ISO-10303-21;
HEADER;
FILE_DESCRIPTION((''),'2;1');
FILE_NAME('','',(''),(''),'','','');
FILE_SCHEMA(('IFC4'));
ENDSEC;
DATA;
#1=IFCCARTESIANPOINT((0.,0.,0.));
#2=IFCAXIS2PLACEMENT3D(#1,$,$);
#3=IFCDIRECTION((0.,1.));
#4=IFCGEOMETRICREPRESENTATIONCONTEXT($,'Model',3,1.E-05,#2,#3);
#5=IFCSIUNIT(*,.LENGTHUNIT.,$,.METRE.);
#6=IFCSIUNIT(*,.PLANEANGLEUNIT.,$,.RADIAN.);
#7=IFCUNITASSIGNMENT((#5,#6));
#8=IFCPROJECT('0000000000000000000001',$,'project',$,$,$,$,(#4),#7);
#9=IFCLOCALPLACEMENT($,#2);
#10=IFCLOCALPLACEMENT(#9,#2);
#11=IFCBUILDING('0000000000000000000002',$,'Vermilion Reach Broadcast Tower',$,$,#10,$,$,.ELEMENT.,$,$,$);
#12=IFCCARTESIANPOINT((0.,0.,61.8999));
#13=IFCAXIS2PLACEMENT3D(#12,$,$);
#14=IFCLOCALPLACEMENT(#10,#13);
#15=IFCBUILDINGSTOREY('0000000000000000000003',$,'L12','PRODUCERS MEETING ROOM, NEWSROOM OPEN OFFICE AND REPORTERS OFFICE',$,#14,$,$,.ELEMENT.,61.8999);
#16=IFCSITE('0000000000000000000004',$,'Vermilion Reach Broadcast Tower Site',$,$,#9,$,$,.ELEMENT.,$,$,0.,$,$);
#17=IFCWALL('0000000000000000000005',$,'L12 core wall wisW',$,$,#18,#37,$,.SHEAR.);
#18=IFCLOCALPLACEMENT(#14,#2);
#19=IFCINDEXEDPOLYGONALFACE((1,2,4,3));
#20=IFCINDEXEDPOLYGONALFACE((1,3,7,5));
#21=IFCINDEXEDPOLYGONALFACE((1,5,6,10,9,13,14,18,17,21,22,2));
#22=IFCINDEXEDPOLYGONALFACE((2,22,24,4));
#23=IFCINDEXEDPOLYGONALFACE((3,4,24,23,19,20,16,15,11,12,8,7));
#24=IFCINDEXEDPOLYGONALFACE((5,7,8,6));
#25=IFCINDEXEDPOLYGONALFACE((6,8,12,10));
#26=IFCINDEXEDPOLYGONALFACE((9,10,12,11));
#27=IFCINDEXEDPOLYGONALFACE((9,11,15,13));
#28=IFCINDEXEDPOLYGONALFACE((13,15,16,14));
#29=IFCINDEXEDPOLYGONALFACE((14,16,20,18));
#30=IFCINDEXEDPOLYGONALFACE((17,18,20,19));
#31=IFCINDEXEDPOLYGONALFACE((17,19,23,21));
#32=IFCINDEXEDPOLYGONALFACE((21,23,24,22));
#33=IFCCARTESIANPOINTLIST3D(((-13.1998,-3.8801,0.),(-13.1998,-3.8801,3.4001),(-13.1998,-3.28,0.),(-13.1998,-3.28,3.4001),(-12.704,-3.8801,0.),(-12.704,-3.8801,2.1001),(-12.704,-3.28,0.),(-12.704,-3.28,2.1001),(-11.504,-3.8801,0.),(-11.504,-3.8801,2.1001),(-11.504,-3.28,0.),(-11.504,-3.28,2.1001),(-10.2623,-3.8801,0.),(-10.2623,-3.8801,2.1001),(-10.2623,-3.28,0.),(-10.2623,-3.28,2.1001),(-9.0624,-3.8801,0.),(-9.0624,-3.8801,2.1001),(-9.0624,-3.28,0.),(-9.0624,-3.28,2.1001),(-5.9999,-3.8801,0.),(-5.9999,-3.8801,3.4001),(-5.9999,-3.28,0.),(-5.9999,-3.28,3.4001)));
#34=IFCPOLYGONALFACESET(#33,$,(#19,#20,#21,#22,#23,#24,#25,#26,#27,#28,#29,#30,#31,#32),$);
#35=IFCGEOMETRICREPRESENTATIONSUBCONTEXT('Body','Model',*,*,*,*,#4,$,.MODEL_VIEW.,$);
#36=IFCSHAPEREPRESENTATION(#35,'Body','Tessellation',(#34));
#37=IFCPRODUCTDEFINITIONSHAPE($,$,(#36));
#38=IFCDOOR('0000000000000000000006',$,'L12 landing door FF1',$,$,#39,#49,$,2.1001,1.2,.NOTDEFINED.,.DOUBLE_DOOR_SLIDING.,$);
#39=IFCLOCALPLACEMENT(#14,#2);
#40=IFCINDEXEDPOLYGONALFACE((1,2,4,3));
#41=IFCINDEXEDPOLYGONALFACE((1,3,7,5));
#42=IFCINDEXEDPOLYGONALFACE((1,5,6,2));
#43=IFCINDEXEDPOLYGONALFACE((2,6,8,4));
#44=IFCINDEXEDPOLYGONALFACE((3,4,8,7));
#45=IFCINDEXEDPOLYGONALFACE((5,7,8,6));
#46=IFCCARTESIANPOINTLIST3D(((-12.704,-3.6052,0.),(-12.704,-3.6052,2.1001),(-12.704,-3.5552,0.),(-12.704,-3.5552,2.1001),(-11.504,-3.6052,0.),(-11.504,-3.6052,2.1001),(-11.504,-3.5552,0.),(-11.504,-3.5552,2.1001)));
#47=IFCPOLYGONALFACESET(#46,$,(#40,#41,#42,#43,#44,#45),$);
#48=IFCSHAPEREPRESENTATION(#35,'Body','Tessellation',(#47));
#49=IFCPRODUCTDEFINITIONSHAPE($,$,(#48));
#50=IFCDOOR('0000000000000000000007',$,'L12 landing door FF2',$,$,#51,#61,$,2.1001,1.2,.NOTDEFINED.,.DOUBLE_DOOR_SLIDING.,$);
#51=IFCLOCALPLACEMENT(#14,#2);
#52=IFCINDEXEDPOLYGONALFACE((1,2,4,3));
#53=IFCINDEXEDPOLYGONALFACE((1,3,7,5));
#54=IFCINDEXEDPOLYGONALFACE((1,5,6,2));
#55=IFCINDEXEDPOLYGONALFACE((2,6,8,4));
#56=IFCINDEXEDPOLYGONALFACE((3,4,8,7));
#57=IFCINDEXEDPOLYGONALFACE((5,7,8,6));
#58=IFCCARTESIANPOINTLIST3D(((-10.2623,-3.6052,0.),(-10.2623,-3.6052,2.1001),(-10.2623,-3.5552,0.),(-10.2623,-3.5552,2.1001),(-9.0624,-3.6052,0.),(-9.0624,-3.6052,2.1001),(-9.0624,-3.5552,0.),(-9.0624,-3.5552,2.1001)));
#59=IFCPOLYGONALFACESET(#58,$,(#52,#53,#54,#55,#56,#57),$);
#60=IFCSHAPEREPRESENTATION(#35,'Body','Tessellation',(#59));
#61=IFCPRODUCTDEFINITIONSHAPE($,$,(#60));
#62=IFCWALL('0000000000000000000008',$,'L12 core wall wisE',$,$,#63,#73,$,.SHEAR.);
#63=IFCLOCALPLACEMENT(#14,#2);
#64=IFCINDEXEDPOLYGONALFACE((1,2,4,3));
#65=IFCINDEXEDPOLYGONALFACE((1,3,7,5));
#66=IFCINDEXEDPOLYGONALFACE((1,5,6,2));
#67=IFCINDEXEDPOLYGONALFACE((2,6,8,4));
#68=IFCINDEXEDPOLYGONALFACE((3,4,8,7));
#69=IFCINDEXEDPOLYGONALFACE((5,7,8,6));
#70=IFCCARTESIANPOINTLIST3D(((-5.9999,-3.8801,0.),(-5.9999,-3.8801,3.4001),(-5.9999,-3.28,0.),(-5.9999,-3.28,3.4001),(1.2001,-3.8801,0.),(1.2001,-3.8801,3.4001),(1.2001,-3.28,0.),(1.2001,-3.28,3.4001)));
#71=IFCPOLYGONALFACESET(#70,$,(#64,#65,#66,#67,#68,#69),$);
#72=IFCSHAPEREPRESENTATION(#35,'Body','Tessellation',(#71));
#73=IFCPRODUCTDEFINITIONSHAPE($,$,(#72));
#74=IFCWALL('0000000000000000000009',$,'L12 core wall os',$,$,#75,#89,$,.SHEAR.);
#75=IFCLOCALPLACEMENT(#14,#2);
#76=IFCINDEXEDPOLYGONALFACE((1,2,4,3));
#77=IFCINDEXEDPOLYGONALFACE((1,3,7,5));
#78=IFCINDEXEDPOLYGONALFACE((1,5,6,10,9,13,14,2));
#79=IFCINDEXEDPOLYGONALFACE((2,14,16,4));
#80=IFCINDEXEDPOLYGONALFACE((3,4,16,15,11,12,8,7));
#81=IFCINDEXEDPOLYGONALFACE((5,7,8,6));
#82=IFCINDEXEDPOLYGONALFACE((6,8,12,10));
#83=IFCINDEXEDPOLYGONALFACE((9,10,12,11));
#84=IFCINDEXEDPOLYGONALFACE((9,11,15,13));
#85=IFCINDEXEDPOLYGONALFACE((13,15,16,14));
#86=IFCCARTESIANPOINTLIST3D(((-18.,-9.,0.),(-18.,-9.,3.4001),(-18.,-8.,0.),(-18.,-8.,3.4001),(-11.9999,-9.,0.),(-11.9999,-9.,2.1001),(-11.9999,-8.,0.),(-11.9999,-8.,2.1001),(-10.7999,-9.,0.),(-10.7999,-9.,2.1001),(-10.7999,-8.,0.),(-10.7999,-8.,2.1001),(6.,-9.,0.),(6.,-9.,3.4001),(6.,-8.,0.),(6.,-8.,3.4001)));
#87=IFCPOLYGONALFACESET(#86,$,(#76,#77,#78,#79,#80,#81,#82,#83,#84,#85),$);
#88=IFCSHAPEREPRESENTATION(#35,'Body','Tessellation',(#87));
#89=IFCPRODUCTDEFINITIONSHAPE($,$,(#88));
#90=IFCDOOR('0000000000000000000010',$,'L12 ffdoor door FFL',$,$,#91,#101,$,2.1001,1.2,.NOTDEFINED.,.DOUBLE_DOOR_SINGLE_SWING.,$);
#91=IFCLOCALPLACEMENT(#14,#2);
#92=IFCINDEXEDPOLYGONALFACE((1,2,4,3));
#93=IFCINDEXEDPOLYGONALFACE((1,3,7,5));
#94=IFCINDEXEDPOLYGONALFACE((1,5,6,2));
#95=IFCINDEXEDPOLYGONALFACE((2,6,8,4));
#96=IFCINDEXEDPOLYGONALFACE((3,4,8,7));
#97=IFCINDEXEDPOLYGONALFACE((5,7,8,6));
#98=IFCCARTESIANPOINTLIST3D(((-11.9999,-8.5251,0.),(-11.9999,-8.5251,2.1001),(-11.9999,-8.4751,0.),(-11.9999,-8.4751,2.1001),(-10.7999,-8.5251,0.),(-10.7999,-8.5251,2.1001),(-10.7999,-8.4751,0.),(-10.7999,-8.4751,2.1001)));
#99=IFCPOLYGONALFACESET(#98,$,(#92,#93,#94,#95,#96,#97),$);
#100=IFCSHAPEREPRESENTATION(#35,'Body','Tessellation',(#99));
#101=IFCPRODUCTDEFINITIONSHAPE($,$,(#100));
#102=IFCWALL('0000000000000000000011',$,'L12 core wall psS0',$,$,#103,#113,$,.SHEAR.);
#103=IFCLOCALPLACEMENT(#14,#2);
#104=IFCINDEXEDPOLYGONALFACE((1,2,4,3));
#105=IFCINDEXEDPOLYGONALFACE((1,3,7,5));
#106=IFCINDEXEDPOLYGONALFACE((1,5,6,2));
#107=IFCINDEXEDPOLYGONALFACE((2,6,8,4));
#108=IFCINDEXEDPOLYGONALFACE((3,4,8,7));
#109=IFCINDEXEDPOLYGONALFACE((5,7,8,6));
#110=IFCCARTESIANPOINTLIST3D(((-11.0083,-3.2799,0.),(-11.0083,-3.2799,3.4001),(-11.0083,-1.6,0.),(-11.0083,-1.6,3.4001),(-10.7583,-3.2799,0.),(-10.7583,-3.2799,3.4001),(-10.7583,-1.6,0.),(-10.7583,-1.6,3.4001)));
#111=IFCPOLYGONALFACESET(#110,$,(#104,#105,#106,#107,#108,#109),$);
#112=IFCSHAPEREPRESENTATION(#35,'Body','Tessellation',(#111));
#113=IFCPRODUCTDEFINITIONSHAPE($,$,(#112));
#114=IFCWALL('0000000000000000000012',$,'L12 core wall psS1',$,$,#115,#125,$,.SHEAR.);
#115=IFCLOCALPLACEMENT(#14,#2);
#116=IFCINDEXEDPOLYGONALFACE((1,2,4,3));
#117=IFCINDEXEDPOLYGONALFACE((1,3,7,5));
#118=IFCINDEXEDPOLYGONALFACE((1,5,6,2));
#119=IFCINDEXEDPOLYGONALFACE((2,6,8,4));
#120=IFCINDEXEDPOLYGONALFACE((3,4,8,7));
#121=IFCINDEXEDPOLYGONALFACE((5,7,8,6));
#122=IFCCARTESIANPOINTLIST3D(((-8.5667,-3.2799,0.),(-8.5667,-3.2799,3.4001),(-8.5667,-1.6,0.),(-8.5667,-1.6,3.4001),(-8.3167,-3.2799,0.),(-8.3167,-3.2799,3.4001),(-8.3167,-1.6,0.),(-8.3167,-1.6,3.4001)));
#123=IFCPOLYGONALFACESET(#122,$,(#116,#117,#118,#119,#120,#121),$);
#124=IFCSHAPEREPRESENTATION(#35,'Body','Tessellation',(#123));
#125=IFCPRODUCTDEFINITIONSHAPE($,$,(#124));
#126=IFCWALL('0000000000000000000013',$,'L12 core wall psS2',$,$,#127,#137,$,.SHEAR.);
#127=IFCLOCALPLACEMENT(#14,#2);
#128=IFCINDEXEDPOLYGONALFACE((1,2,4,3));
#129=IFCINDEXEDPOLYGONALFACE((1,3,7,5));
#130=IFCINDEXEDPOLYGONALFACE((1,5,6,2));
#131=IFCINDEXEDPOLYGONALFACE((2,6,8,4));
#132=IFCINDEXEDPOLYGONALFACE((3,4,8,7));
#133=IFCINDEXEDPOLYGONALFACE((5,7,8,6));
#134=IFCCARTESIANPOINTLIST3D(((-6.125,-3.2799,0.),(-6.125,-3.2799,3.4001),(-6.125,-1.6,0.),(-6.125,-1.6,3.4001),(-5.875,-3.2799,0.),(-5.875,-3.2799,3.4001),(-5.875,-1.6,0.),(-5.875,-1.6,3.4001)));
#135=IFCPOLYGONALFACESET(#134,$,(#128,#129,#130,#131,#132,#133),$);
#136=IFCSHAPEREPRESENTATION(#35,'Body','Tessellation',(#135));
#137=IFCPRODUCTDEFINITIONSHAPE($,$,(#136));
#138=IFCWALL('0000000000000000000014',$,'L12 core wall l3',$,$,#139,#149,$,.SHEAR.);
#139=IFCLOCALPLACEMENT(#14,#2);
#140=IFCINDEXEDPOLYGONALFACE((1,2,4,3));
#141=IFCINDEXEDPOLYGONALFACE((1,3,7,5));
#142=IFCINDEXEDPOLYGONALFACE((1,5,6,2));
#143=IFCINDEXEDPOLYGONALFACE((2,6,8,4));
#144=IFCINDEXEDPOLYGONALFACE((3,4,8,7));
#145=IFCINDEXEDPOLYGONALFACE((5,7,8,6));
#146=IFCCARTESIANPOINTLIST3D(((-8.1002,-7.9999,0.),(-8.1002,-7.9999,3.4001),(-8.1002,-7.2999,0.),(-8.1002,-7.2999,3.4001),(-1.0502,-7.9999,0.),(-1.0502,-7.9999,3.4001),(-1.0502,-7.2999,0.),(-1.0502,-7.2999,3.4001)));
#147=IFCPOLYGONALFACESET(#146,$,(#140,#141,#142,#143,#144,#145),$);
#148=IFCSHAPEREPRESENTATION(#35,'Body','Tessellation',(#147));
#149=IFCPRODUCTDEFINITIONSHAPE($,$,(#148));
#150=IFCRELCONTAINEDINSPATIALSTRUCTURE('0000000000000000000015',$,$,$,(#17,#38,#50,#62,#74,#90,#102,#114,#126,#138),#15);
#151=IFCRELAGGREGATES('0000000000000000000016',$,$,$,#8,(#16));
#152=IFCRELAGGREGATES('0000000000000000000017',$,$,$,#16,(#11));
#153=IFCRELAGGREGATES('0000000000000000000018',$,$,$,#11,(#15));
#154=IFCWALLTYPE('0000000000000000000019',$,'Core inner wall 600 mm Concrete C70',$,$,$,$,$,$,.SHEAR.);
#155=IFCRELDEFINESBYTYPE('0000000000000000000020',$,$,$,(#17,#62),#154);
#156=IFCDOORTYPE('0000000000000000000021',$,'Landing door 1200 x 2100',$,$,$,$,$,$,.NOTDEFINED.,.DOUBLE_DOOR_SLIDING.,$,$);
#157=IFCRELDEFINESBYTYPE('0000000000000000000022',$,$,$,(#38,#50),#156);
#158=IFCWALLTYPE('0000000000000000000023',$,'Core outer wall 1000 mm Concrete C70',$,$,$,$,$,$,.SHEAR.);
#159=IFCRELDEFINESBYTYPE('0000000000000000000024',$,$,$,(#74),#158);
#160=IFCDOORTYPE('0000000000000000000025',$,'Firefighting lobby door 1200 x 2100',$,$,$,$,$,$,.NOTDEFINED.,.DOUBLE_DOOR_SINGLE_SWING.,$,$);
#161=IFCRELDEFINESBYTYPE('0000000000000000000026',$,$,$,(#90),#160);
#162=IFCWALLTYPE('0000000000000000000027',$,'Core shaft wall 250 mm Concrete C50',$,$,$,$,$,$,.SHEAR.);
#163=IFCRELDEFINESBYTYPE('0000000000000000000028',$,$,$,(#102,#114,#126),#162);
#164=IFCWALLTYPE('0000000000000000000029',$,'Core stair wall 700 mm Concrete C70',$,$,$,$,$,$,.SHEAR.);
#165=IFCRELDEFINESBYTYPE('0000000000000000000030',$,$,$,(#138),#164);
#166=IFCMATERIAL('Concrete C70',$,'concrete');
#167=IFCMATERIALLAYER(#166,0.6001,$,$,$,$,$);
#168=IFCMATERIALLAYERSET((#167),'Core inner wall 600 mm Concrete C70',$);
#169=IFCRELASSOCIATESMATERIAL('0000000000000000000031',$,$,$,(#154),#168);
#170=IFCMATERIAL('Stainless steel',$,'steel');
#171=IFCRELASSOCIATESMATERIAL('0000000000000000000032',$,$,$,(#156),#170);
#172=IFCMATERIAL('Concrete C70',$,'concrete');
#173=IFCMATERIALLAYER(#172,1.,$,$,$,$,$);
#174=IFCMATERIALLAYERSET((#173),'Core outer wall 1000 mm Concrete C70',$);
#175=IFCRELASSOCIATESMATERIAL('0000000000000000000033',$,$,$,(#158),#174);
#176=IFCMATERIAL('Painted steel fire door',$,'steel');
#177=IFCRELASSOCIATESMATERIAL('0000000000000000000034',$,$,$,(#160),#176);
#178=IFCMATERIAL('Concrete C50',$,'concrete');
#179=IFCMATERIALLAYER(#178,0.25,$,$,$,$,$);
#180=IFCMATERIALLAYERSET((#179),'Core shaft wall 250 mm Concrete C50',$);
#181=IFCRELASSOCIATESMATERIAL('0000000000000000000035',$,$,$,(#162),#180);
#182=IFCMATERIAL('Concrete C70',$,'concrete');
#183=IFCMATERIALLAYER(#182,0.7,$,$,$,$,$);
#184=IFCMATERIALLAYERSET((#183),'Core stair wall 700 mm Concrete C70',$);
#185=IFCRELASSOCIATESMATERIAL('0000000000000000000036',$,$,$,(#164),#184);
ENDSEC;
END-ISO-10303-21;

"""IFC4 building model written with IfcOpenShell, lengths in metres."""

from ifc_helpers import new_model, si_unit, direction, frame, frame_2d, origin, place, context, subcontext, project, spatial, rectangle, extrude, material, layer, layer_set, type_object, element, fill, save


model = new_model("IFC4")

# Units and contexts
model_context = context("Model", 3, precision=1e-05, world=origin(), true_north=direction((0.0, 1.0)))
body_context = subcontext(model_context, "Body", "Model", "MODEL_VIEW")
ifc_project = project(units=[si_unit("LENGTHUNIT", "METRE"), si_unit("PLANEANGLEUNIT", "RADIAN")], contexts=[model_context])

# Site, building, storey
site_placement = place(None, origin())
site = spatial("IfcSite", under=ifc_project, at=site_placement, Name="Vermilion Reach Broadcast Tower Site", CompositionType="ELEMENT", RefElevation=0.0)
building_placement = place(site_placement, origin())
building = spatial("IfcBuilding", under=site, at=building_placement, Name="Vermilion Reach Broadcast Tower", CompositionType="ELEMENT")
storey_placement = place(building_placement, frame((0.0, 0.0, 61.8999)))
storey = spatial("IfcBuildingStorey", under=building, at=storey_placement, Name="L12", Description="PRODUCERS MEETING ROOM, NEWSROOM OPEN OFFICE AND REPORTERS OFFICE", CompositionType="ELEMENT", Elevation=61.8999)

# Wall, openings, doors
ifc_material_1 = material(Name="Concrete C70", Category="concrete")
ifc_layer_1 = layer(ifc_material_1, 0.6001)
ifc_layer_set_1 = layer_set([ifc_layer_1], Name="Core inner wall 600 mm Concrete C70")
wall_type_1 = type_object("IfcWallType", Name="Core inner wall 600 mm Concrete C70", PredefinedType="SHEAR", material=ifc_layer_set_1)
wall_1_placement = place(storey_placement, frame((-13.2, -3.5801, 0.0), z_axis=(0.0, 0.0, 1.0), x_axis=(1.0, 0.0, 0.0)))
wall_1 = element("IfcWall", 1, at=wall_1_placement, inside=storey, type_object=wall_type_1, Name="L12 core wall wisW", PredefinedType="SHEAR", context=body_context, shape_type="SweptSolid", body=[
    extrude(rectangle(XDim=7.2, YDim=0.6001, at=frame_2d((3.6001, 0.0))), origin(), (0.0, 0.0, 1.0), 3.4001),
])
opening_1_placement = place(wall_1_placement, frame((0.4958, 0.0, 0.0)))
opening_1 = element("IfcOpeningElement", 2, at=opening_1_placement, cuts=wall_1, PredefinedType="OPENING", context=body_context, shape_type="SweptSolid", body=[
    extrude(rectangle(XDim=1.2, YDim=2.1001, at=frame_2d((0.6001, 1.05))), frame((0.0, 0.3101, 0.0), z_axis=(0.0, -1.0, 0.0), x_axis=(1.0, 0.0, 0.0)), (0.0, 0.0, 1.0), 0.6201),
])
opening_2_placement = place(wall_1_placement, frame((2.9375, 0.0, 0.0)))
opening_2 = element("IfcOpeningElement", 3, at=opening_2_placement, cuts=wall_1, PredefinedType="OPENING", context=body_context, shape_type="SweptSolid", body=[
    extrude(rectangle(XDim=1.2, YDim=2.1001, at=frame_2d((0.6001, 1.05))), frame((0.0, 0.3101, 0.0), z_axis=(0.0, -1.0, 0.0), x_axis=(1.0, 0.0, 0.0)), (0.0, 0.0, 1.0), 0.6201),
])
ifc_material_2 = material(Name="Stainless steel", Category="steel")
door_type_1 = type_object("IfcDoorType", Name="Landing door 1200 x 2100", OperationType="DOUBLE_DOOR_SLIDING", PredefinedType="NOTDEFINED", material=ifc_material_2)
door_1_placement = place(opening_1_placement, origin())
door_1 = element("IfcDoor", 4, at=door_1_placement, inside=storey, type_object=door_type_1, Name="L12 landing door FF1", OperationType="DOUBLE_DOOR_SLIDING", OverallHeight=2.1001, OverallWidth=1.2, PredefinedType="NOTDEFINED", context=body_context, shape_type="SweptSolid", body=[
    extrude(rectangle(XDim=1.2, YDim=2.1001, at=frame_2d((0.6001, 1.05))), frame((0.0, 0.0249, 0.0), z_axis=(0.0, -1.0, 0.0), x_axis=(1.0, 0.0, 0.0)), (0.0, 0.0, 1.0), 0.05),
])
fill(opening_1, door_1)
door_2_placement = place(opening_2_placement, origin())
door_2 = element("IfcDoor", 5, at=door_2_placement, inside=storey, type_object=door_type_1, Name="L12 landing door FF2", OperationType="DOUBLE_DOOR_SLIDING", OverallHeight=2.1001, OverallWidth=1.2, PredefinedType="NOTDEFINED", context=body_context, shape_type="SweptSolid", body=[
    extrude(rectangle(XDim=1.2, YDim=2.1001, at=frame_2d((0.6001, 1.05))), frame((0.0, 0.0249, 0.0), z_axis=(0.0, -1.0, 0.0), x_axis=(1.0, 0.0, 0.0)), (0.0, 0.0, 1.0), 0.05),
])
fill(opening_2, door_2)

# Wall
wall_2_placement = place(storey_placement, frame((-6.0, -3.5801, 0.0), z_axis=(0.0, 0.0, 1.0), x_axis=(1.0, 0.0, 0.0)))
element("IfcWall", 6, at=wall_2_placement, inside=storey, type_object=wall_type_1, Name="L12 core wall wisE", PredefinedType="SHEAR", context=body_context, shape_type="SweptSolid", body=[
    extrude(rectangle(XDim=7.2, YDim=0.6001, at=frame_2d((3.6001, 0.0))), origin(), (0.0, 0.0, 1.0), 3.4001),
])

# Wall, opening, door
ifc_material_3 = material(Name="Concrete C70", Category="concrete")
ifc_layer_2 = layer(ifc_material_3, 1.0)
ifc_layer_set_2 = layer_set([ifc_layer_2], Name="Core outer wall 1000 mm Concrete C70")
wall_type_2 = type_object("IfcWallType", Name="Core outer wall 1000 mm Concrete C70", PredefinedType="SHEAR", material=ifc_layer_set_2)
wall_3_placement = place(storey_placement, frame((-18.0, -8.5, 0.0), z_axis=(0.0, 0.0, 1.0), x_axis=(1.0, 0.0, 0.0)))
wall_3 = element("IfcWall", 7, at=wall_3_placement, inside=storey, type_object=wall_type_2, Name="L12 core wall os", PredefinedType="SHEAR", context=body_context, shape_type="SweptSolid", body=[
    extrude(rectangle(XDim=24.0, YDim=1.0, at=frame_2d((12.0, 0.0))), origin(), (0.0, 0.0, 1.0), 3.4001),
])
opening_3_placement = place(wall_3_placement, frame((6.0, 0.0, 0.0)))
opening_3 = element("IfcOpeningElement", 8, at=opening_3_placement, cuts=wall_3, PredefinedType="OPENING", context=body_context, shape_type="SweptSolid", body=[
    extrude(rectangle(XDim=1.2, YDim=2.1001, at=frame_2d((0.6001, 1.05))), frame((0.0, 0.51, 0.0), z_axis=(0.0, -1.0, 0.0), x_axis=(1.0, 0.0, 0.0)), (0.0, 0.0, 1.0), 1.02),
])
ifc_material_4 = material(Name="Painted steel fire door", Category="steel")
door_type_2 = type_object("IfcDoorType", Name="Firefighting lobby door 1200 x 2100", OperationType="DOUBLE_DOOR_SINGLE_SWING", PredefinedType="NOTDEFINED", material=ifc_material_4)
door_3_placement = place(opening_3_placement, origin())
door_3 = element("IfcDoor", 9, at=door_3_placement, inside=storey, type_object=door_type_2, Name="L12 ffdoor door FFL", OperationType="DOUBLE_DOOR_SINGLE_SWING", OverallHeight=2.1001, OverallWidth=1.2, PredefinedType="NOTDEFINED", context=body_context, shape_type="SweptSolid", body=[
    extrude(rectangle(XDim=1.2, YDim=2.1001, at=frame_2d((0.6001, 1.05))), frame((0.0, 0.0249, 0.0), z_axis=(0.0, -1.0, 0.0), x_axis=(1.0, 0.0, 0.0)), (0.0, 0.0, 1.0), 0.05),
])
fill(opening_3, door_3)

# Walls
ifc_material_5 = material(Name="Concrete C50", Category="concrete")
ifc_layer_3 = layer(ifc_material_5, 0.25)
ifc_layer_set_3 = layer_set([ifc_layer_3], Name="Core shaft wall 250 mm Concrete C50")
wall_type_3 = type_object("IfcWallType", Name="Core shaft wall 250 mm Concrete C50", PredefinedType="SHEAR", material=ifc_layer_set_3)
for number, where, z_axis, x_axis, name in (
    (10, (-10.8833, -1.6001, 0.0), (0.0, 0.0, 1.0), (0.0, -1.0, 0.0), "L12 core wall psS0"),
    (11, (-8.4417, -1.6001, 0.0), (0.0, 0.0, 1.0), (0.0, -1.0, 0.0), "L12 core wall psS1"),
    (12, (-6.0, -1.6001, 0.0), (0.0, 0.0, 1.0), (0.0, -1.0, 0.0), "L12 core wall psS2"),
):
    element("IfcWall", number, at=place(storey_placement, frame(where, z_axis=z_axis, x_axis=x_axis)), inside=storey, type_object=wall_type_3, Name=name, PredefinedType="SHEAR", context=body_context, shape_type="SweptSolid", body=[
        extrude(rectangle(XDim=1.6799, YDim=0.25, at=frame_2d((0.8398, 0.0))), origin(), (0.0, 0.0, 1.0), 3.4001),
    ])
ifc_material_6 = material(Name="Concrete C70", Category="concrete")
ifc_layer_4 = layer(ifc_material_6, 0.7)
ifc_layer_set_4 = layer_set([ifc_layer_4], Name="Core stair wall 700 mm Concrete C70")
wall_type_4 = type_object("IfcWallType", Name="Core stair wall 700 mm Concrete C70", PredefinedType="SHEAR", material=ifc_layer_set_4)
wall_4_placement = place(storey_placement, frame((-8.1001, -7.6499, 0.0), z_axis=(0.0, 0.0, 1.0), x_axis=(1.0, 0.0, 0.0)))
element("IfcWall", 13, at=wall_4_placement, inside=storey, type_object=wall_type_4, Name="L12 core wall l3", PredefinedType="SHEAR", context=body_context, shape_type="SweptSolid", body=[
    extrude(rectangle(XDim=7.05, YDim=0.7, at=frame_2d((3.5249, 0.0))), origin(), (0.0, 0.0, 1.0), 3.4001),
])

save(model, "model.ifc")
